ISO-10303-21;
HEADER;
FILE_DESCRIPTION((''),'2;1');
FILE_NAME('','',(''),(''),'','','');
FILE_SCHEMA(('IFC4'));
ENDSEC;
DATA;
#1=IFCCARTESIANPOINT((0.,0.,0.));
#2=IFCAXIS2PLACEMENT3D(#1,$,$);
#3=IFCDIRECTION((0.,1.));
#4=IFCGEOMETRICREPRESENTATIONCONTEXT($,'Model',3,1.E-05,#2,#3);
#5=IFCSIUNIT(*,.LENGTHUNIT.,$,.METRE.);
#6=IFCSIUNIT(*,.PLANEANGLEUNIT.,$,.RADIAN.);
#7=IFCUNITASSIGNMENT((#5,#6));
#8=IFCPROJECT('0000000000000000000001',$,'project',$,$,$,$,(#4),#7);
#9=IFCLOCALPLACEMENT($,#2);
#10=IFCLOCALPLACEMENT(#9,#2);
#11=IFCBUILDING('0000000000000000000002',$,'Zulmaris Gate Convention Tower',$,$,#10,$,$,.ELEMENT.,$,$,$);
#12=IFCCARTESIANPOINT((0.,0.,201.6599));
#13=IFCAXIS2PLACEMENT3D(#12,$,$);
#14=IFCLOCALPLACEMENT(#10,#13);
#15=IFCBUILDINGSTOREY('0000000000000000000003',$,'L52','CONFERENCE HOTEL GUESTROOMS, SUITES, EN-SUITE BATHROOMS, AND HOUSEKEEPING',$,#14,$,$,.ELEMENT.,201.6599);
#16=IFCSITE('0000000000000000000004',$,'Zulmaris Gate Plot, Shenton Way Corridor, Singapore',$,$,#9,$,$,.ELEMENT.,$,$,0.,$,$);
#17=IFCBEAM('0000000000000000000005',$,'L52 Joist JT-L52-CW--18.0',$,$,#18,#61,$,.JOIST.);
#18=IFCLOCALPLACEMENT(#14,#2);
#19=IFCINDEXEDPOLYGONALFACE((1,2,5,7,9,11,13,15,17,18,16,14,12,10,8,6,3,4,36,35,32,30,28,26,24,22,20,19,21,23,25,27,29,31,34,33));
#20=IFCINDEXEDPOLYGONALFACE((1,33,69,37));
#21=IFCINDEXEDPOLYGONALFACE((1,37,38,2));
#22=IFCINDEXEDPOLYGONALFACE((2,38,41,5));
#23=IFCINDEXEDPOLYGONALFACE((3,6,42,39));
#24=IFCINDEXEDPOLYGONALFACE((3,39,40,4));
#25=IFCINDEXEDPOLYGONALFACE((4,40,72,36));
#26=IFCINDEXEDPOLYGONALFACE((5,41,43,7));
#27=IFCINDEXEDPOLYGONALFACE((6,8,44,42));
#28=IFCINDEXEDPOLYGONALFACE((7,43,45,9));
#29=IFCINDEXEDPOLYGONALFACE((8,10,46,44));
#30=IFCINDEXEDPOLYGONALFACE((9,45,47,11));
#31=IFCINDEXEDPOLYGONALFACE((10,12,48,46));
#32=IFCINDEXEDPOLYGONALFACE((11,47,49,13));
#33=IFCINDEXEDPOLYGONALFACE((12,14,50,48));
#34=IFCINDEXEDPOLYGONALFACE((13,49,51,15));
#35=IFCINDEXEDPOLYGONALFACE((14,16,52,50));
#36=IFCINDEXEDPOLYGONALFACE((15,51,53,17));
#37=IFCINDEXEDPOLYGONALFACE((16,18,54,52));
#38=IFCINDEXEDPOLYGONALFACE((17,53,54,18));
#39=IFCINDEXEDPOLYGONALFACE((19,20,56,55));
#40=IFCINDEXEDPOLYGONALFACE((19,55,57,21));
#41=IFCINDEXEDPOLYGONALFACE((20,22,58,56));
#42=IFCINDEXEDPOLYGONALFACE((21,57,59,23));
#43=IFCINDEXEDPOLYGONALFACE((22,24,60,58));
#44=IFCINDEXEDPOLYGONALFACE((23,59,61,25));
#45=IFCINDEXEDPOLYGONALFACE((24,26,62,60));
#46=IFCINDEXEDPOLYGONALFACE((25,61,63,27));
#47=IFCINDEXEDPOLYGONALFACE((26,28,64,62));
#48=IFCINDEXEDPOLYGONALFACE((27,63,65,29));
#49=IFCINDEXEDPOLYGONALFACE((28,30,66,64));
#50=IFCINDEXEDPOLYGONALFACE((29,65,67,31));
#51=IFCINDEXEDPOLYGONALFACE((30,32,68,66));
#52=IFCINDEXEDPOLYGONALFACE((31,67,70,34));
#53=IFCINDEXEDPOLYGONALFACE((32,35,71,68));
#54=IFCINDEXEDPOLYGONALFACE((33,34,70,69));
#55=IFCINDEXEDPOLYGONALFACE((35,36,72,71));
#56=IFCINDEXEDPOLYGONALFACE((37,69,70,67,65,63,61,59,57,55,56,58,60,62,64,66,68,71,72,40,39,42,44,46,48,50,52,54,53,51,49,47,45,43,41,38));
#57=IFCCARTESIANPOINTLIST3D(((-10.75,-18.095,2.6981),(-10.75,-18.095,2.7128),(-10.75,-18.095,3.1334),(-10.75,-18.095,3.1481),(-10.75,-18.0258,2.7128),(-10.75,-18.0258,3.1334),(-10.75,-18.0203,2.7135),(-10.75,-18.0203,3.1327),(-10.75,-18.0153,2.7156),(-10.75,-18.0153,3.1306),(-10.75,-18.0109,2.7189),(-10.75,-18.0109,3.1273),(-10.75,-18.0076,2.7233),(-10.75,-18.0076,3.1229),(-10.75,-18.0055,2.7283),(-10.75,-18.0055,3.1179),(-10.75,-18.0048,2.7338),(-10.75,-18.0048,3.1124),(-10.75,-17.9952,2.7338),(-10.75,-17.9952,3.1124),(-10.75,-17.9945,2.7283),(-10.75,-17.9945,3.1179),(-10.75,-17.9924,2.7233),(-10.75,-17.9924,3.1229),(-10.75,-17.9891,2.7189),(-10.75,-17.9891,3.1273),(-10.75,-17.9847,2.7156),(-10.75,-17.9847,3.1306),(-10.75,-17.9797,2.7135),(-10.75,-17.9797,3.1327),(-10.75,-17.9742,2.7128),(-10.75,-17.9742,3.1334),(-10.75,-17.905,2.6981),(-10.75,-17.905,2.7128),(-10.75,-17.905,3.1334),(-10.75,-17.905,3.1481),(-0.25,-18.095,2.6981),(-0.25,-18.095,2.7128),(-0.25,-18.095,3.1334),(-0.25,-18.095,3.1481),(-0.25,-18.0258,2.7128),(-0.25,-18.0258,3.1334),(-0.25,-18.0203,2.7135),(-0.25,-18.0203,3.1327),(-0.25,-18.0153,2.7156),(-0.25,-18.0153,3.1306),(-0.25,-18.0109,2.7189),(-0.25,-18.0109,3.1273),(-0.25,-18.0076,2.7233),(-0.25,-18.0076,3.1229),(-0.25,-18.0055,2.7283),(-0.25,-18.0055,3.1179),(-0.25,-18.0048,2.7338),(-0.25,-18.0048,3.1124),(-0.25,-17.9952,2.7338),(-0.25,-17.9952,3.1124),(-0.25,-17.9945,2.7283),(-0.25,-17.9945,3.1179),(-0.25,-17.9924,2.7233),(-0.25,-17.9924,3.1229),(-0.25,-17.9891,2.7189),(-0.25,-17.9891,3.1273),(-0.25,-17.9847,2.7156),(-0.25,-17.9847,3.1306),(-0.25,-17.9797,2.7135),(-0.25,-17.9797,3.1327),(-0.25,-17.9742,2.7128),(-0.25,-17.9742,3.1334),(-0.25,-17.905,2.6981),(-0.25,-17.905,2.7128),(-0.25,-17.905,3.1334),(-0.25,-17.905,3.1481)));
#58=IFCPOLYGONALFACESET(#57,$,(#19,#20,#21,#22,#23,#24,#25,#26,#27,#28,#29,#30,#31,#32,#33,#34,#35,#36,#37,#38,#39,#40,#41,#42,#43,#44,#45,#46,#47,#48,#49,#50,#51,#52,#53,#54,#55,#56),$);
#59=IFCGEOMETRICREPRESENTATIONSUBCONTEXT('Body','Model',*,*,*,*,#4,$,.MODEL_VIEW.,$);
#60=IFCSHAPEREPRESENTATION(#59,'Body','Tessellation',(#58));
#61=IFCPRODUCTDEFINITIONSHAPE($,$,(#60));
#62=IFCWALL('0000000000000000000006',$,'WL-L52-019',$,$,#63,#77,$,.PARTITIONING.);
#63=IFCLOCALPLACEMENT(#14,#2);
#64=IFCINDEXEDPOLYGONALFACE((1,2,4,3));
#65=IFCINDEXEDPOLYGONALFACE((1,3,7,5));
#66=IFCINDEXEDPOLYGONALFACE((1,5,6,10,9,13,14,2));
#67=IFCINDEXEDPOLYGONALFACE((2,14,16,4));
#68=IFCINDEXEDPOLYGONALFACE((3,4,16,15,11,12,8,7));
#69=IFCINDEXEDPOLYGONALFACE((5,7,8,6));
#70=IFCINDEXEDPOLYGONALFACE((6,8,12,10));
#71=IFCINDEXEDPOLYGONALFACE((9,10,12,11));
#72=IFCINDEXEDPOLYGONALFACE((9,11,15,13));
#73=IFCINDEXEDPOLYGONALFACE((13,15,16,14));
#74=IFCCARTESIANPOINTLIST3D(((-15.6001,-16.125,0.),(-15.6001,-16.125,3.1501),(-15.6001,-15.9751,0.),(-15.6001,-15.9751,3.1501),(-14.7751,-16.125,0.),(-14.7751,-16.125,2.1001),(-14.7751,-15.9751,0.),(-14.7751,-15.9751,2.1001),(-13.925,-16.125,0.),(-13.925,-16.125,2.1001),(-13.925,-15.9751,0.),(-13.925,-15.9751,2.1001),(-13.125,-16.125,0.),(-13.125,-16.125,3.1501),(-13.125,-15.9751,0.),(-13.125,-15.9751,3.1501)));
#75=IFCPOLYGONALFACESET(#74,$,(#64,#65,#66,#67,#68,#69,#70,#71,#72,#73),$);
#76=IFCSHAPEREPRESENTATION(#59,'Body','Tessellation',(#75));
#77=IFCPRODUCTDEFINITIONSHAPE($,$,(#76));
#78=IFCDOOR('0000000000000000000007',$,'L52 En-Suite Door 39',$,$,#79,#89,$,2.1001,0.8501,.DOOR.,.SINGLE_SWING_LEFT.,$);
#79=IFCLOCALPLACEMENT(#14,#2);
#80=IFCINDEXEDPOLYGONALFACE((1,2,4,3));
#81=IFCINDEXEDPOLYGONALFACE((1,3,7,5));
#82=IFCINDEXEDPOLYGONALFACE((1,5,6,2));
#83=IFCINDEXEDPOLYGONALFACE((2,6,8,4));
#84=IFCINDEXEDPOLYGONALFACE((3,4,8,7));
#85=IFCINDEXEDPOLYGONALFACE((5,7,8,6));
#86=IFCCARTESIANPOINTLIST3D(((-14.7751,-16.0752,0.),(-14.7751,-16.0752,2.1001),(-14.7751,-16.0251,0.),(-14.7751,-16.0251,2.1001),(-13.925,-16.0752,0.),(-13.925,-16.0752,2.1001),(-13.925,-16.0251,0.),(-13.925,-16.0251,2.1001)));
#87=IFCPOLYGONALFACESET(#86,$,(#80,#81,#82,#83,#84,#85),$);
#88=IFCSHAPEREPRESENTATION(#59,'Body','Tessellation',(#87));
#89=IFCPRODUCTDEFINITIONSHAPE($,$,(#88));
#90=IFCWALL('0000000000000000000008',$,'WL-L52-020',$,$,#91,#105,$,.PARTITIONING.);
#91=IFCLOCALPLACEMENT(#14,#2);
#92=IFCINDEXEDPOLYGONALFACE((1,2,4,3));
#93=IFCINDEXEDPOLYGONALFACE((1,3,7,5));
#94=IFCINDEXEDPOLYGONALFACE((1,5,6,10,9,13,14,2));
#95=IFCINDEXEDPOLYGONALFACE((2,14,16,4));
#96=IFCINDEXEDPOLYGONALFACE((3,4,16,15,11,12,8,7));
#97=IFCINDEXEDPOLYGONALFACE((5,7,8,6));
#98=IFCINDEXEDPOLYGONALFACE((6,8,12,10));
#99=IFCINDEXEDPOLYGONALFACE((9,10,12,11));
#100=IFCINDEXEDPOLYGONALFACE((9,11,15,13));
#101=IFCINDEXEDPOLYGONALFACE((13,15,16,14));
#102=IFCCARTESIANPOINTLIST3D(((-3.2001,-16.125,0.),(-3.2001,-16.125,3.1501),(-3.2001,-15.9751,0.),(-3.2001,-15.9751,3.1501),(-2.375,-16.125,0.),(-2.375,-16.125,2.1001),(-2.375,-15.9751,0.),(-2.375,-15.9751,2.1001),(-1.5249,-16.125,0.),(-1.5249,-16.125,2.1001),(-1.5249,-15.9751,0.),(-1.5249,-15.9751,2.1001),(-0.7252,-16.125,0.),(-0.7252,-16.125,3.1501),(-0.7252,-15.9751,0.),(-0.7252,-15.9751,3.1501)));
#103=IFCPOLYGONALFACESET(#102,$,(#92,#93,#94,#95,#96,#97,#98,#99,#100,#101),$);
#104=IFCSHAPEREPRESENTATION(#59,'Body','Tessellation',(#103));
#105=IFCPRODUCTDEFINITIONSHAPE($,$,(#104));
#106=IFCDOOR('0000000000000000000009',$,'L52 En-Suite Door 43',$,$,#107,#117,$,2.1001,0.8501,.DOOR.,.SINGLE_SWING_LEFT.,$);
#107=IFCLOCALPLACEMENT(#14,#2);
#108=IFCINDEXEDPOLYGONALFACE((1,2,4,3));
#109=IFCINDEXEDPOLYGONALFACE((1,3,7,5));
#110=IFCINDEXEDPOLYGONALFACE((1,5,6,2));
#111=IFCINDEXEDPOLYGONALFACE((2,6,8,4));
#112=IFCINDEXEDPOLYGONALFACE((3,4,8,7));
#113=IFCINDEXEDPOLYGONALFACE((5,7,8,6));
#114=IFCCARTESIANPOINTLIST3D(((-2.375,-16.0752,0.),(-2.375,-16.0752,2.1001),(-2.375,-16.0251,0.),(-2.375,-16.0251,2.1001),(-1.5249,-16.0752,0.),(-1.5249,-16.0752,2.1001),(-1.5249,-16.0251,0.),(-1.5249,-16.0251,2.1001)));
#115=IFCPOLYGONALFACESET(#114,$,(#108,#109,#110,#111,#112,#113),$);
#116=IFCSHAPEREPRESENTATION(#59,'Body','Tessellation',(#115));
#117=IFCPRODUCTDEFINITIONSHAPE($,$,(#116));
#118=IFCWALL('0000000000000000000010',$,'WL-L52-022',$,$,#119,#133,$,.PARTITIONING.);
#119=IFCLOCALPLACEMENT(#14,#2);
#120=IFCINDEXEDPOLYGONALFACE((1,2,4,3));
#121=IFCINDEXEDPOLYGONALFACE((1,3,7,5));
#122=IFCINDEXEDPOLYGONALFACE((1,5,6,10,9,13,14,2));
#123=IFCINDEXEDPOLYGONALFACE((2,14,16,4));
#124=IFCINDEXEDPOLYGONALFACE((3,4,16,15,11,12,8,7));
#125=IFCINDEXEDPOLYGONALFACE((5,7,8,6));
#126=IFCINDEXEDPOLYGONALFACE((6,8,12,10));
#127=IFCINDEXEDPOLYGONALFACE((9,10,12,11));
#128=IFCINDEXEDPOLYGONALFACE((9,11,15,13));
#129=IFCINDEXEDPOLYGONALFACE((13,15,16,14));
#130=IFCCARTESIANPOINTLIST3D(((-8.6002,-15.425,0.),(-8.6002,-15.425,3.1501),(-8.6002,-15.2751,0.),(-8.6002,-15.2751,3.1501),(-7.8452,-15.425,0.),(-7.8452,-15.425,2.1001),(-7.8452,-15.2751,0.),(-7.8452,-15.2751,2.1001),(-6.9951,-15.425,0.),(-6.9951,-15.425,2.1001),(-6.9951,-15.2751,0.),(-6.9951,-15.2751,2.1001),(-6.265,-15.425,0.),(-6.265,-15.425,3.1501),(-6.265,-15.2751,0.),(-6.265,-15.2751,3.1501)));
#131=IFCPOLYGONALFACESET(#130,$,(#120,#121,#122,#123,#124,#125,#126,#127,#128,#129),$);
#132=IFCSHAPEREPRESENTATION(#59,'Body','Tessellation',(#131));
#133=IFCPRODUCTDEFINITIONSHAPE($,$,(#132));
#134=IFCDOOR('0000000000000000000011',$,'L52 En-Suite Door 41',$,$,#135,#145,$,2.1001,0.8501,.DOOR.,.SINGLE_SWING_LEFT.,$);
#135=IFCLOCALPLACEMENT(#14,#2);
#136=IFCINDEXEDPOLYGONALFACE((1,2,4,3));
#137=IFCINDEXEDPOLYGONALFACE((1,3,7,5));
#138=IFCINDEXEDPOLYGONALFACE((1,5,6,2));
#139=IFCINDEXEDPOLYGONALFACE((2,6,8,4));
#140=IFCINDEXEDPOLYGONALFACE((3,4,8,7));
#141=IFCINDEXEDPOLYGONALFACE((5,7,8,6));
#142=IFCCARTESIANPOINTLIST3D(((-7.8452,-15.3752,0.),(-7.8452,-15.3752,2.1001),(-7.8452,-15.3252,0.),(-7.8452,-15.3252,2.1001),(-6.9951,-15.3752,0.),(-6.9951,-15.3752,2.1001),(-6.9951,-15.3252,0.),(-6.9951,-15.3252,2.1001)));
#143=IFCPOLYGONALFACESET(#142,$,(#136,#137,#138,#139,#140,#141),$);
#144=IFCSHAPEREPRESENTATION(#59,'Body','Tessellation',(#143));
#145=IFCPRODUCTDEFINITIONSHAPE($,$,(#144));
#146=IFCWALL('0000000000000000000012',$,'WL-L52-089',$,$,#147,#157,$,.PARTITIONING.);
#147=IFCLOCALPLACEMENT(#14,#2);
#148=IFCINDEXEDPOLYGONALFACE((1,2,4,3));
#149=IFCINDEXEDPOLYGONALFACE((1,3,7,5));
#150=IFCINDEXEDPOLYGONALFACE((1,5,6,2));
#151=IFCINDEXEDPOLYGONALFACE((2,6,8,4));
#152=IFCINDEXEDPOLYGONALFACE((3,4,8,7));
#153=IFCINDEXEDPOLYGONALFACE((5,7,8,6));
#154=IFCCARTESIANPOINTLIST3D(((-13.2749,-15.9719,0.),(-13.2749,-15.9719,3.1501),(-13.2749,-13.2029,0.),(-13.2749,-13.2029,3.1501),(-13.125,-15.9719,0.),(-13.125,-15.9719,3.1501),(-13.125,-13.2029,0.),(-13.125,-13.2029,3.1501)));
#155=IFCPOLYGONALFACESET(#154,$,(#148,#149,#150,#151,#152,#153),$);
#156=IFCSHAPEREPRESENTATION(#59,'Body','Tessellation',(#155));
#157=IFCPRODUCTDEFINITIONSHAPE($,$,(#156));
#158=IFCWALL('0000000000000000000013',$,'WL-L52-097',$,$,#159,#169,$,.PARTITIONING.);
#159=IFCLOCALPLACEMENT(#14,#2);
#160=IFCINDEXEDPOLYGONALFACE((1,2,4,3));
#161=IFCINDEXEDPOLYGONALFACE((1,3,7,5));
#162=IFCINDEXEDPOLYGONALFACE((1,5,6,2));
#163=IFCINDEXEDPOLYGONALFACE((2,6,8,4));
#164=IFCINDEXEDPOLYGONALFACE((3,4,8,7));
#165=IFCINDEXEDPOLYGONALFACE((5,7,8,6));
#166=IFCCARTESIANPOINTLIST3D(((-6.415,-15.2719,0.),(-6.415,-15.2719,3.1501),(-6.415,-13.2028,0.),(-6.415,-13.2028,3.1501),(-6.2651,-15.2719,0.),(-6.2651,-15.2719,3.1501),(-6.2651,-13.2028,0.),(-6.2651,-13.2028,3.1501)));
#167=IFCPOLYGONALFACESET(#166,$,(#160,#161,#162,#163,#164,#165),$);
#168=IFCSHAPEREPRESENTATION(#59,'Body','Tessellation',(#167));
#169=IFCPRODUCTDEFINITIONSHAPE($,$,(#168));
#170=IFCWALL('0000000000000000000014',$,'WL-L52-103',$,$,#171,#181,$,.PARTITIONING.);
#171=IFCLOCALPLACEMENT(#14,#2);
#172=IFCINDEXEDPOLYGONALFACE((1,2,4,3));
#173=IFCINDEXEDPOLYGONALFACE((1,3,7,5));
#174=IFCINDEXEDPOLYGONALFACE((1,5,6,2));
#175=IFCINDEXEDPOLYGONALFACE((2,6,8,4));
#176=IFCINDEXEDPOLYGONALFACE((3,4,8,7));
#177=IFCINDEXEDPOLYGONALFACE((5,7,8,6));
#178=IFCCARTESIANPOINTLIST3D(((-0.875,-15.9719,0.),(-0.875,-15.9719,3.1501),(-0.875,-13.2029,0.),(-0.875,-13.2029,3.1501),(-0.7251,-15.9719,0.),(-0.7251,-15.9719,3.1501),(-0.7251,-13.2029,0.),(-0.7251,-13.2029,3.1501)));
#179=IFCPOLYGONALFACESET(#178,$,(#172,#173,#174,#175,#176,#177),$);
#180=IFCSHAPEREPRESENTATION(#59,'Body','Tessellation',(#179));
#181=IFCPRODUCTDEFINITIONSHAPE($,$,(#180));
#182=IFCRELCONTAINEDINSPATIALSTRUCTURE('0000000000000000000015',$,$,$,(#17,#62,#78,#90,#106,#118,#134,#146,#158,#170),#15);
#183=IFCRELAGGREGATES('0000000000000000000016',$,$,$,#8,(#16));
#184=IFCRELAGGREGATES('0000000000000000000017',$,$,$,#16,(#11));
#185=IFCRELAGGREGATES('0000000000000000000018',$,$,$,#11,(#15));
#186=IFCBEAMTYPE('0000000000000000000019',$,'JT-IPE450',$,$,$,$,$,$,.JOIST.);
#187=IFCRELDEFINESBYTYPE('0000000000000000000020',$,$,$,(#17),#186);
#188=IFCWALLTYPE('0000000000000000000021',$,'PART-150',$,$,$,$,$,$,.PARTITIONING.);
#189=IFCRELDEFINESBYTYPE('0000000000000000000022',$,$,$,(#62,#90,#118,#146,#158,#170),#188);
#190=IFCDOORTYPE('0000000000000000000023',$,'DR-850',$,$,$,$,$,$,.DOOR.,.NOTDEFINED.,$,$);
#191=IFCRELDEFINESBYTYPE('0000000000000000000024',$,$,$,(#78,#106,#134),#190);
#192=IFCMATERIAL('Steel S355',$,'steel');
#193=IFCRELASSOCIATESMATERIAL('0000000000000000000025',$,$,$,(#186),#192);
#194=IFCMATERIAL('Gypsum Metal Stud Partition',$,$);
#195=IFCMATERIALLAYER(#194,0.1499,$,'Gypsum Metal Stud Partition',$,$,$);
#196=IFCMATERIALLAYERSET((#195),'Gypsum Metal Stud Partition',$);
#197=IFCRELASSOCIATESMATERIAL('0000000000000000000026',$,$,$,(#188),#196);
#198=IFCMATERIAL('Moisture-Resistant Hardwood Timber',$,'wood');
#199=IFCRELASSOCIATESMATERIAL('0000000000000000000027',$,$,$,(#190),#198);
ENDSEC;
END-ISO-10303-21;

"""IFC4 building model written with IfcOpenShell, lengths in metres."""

from ifc_helpers import new_model, si_unit, direction, frame, frame_2d, origin, origin_2d, place, context, subcontext, project, spatial, rectangle, i_section, extrude, material, layer, layer_set, material_profile, profile_set, type_object, element, fill, save


model = new_model("IFC4")

# Units and contexts
model_context = context("Model", 3, precision=1e-05, world=origin(), true_north=direction((0.0, 1.0)))
body_context = subcontext(model_context, "Body", "Model", "MODEL_VIEW")
ifc_project = project(units=[si_unit("LENGTHUNIT", "METRE"), si_unit("PLANEANGLEUNIT", "RADIAN")], contexts=[model_context])

# Site, building, storey
site_placement = place(None, origin())
site = spatial("IfcSite", under=ifc_project, at=site_placement, Name="Zulmaris Gate Plot, Shenton Way Corridor, Singapore", CompositionType="ELEMENT", RefElevation=0.0)
building_placement = place(site_placement, origin())
building = spatial("IfcBuilding", under=site, at=building_placement, Name="Zulmaris Gate Convention Tower", CompositionType="ELEMENT")
storey_placement = place(building_placement, frame((0.0, 0.0, 201.6599)))
storey = spatial("IfcBuildingStorey", under=building, at=storey_placement, Name="L52", Description="CONFERENCE HOTEL GUESTROOMS, SUITES, EN-SUITE BATHROOMS, AND HOUSEKEEPING", CompositionType="ELEMENT", Elevation=201.6599)

# Beam
ifc_material_1 = material(Name="Steel S355", Category="steel")
ifc_material_profile_1 = material_profile(ifc_material_1, i_section(OverallWidth=0.1899, OverallDepth=0.45, WebThickness=0.0095, FlangeThickness=0.0146, FilletRadius=0.021, at=origin_2d()), Name="IPE 450")
ifc_profile_set_1 = profile_set([ifc_material_profile_1], Name="Steel S355")
beam_type_1 = type_object("IfcBeamType", Name="JT-IPE450", PredefinedType="JOIST", material=ifc_profile_set_1)
beam_1_placement = place(storey_placement, frame((-10.75, -18.0, 2.9231), z_axis=(1.0, 0.0, 0.0), x_axis=(0.0, 1.0, 0.0)))
element("IfcBeam", 1, at=beam_1_placement, inside=storey, type_object=beam_type_1, Name="L52 Joist JT-L52-CW--18.0", PredefinedType="JOIST", context=body_context, shape_type="SweptSolid", body=[
    extrude(i_section(OverallWidth=0.1899, OverallDepth=0.45, WebThickness=0.0095, FlangeThickness=0.0146, FilletRadius=0.021, at=origin_2d()), origin(), (0.0, 0.0, 1.0), 10.5),
])

# Walls, openings, doors
ifc_material_2 = material(Name="Gypsum Metal Stud Partition")
ifc_layer_1 = layer(ifc_material_2, 0.1499, Name="Gypsum Metal Stud Partition")
ifc_layer_set_1 = layer_set([ifc_layer_1], Name="Gypsum Metal Stud Partition")
wall_type_1 = type_object("IfcWallType", Name="PART-150", PredefinedType="PARTITIONING", material=ifc_layer_set_1)
wall_1_placement = place(storey_placement, frame((-15.6001, -16.05, 0.0), z_axis=(0.0, 0.0, 1.0), x_axis=(1.0, 0.0, 0.0)))
wall_1 = element("IfcWall", 2, at=wall_1_placement, inside=storey, type_object=wall_type_1, Name="WL-L52-019", PredefinedType="PARTITIONING", context=body_context, shape_type="SweptSolid", body=[
    extrude(rectangle(XDim=2.4751, YDim=0.1499, at=frame_2d((1.2375, 0.0))), origin(), (0.0, 0.0, 1.0), 3.1501),
])
opening_1_placement = place(wall_1_placement, frame((0.825, 0.0, 0.0)))
opening_1 = element("IfcOpeningElement", 3, at=opening_1_placement, cuts=wall_1, PredefinedType="OPENING", context=body_context, shape_type="SweptSolid", body=[
    extrude(rectangle(XDim=0.8501, YDim=2.1001, at=frame_2d((0.425, 1.05))), frame((0.0, 0.085, 0.0), z_axis=(0.0, -1.0, 0.0), x_axis=(1.0, 0.0, 0.0)), (0.0, 0.0, 1.0), 0.1699),
])
ifc_material_3 = material(Name="Moisture-Resistant Hardwood Timber", Category="wood")
door_type_1 = type_object("IfcDoorType", Name="DR-850", OperationType="NOTDEFINED", PredefinedType="DOOR", material=ifc_material_3)
door_1_placement = place(opening_1_placement, origin())
door_1 = element("IfcDoor", 4, at=door_1_placement, inside=storey, type_object=door_type_1, Name="L52 En-Suite Door 39", OperationType="SINGLE_SWING_LEFT", OverallHeight=2.1001, OverallWidth=0.8501, PredefinedType="DOOR", context=body_context, shape_type="SweptSolid", body=[
    extrude(rectangle(XDim=0.8501, YDim=2.1001, at=frame_2d((0.425, 1.05))), frame((0.0, 0.0249, 0.0), z_axis=(0.0, -1.0, 0.0), x_axis=(1.0, 0.0, 0.0)), (0.0, 0.0, 1.0), 0.05),
])
fill(opening_1, door_1)
wall_2_placement = place(storey_placement, frame((-3.2, -16.05, 0.0), z_axis=(0.0, 0.0, 1.0), x_axis=(1.0, 0.0, 0.0)))
wall_2 = element("IfcWall", 5, at=wall_2_placement, inside=storey, type_object=wall_type_1, Name="WL-L52-020", PredefinedType="PARTITIONING", context=body_context, shape_type="SweptSolid", body=[
    extrude(rectangle(XDim=2.4749, YDim=0.1499, at=frame_2d((1.2373, 0.0))), origin(), (0.0, 0.0, 1.0), 3.1501),
])
opening_2_placement = place(wall_2_placement, frame((0.825, 0.0, 0.0)))
opening_2 = element("IfcOpeningElement", 6, at=opening_2_placement, cuts=wall_2, PredefinedType="OPENING", context=body_context, shape_type="SweptSolid", body=[
    extrude(rectangle(XDim=0.8501, YDim=2.1001, at=frame_2d((0.425, 1.05))), frame((0.0, 0.085, 0.0), z_axis=(0.0, -1.0, 0.0), x_axis=(1.0, 0.0, 0.0)), (0.0, 0.0, 1.0), 0.1699),
])
door_2_placement = place(opening_2_placement, origin())
door_2 = element("IfcDoor", 7, at=door_2_placement, inside=storey, type_object=door_type_1, Name="L52 En-Suite Door 43", OperationType="SINGLE_SWING_LEFT", OverallHeight=2.1001, OverallWidth=0.8501, PredefinedType="DOOR", context=body_context, shape_type="SweptSolid", body=[
    extrude(rectangle(XDim=0.8501, YDim=2.1001, at=frame_2d((0.425, 1.05))), frame((0.0, 0.0249, 0.0), z_axis=(0.0, -1.0, 0.0), x_axis=(1.0, 0.0, 0.0)), (0.0, 0.0, 1.0), 0.05),
])
fill(opening_2, door_2)
wall_3_placement = place(storey_placement, frame((-8.6001, -15.3501, 0.0), z_axis=(0.0, 0.0, 1.0), x_axis=(1.0, 0.0, 0.0)))
wall_3 = element("IfcWall", 8, at=wall_3_placement, inside=storey, type_object=wall_type_1, Name="WL-L52-022", PredefinedType="PARTITIONING", context=body_context, shape_type="SweptSolid", body=[
    extrude(rectangle(XDim=2.3352, YDim=0.1499, at=frame_2d((1.1675, 0.0))), origin(), (0.0, 0.0, 1.0), 3.1501),
])
opening_3_placement = place(wall_3_placement, frame((0.7549, 0.0, 0.0)))
opening_3 = element("IfcOpeningElement", 9, at=opening_3_placement, cuts=wall_3, PredefinedType="OPENING", context=body_context, shape_type="SweptSolid", body=[
    extrude(rectangle(XDim=0.8501, YDim=2.1001, at=frame_2d((0.425, 1.05))), frame((0.0, 0.085, 0.0), z_axis=(0.0, -1.0, 0.0), x_axis=(1.0, 0.0, 0.0)), (0.0, 0.0, 1.0), 0.1699),
])
door_3_placement = place(opening_3_placement, origin())
door_3 = element("IfcDoor", 10, at=door_3_placement, inside=storey, type_object=door_type_1, Name="L52 En-Suite Door 41", OperationType="SINGLE_SWING_LEFT", OverallHeight=2.1001, OverallWidth=0.8501, PredefinedType="DOOR", context=body_context, shape_type="SweptSolid", body=[
    extrude(rectangle(XDim=0.8501, YDim=2.1001, at=frame_2d((0.425, 1.05))), frame((0.0, 0.0249, 0.0), z_axis=(0.0, -1.0, 0.0), x_axis=(1.0, 0.0, 0.0)), (0.0, 0.0, 1.0), 0.05),
])
fill(opening_3, door_3)

# Walls
wall_4_placement = place(storey_placement, frame((-13.2, -15.9719, 0.0), z_axis=(0.0, 0.0, 1.0), x_axis=(0.0, 1.0, 0.0)))
element("IfcWall", 11, at=wall_4_placement, inside=storey, type_object=wall_type_1, Name="WL-L52-089", PredefinedType="PARTITIONING", context=body_context, shape_type="SweptSolid", body=[
    extrude(rectangle(XDim=2.769, YDim=0.1499, at=frame_2d((1.3845, 0.0))), origin(), (0.0, 0.0, 1.0), 3.1501),
])
wall_5_placement = place(storey_placement, frame((-6.3401, -15.272, 0.0), z_axis=(0.0, 0.0, 1.0), x_axis=(0.0, 1.0, 0.0)))
element("IfcWall", 12, at=wall_5_placement, inside=storey, type_object=wall_type_1, Name="WL-L52-097", PredefinedType="PARTITIONING", context=body_context, shape_type="SweptSolid", body=[
    extrude(rectangle(XDim=2.0691, YDim=0.1499, at=frame_2d((1.0347, 0.0))), origin(), (0.0, 0.0, 1.0), 3.1501),
])
wall_6_placement = place(storey_placement, frame((-0.8, -15.9719, 0.0), z_axis=(0.0, 0.0, 1.0), x_axis=(0.0, 1.0, 0.0)))
element("IfcWall", 13, at=wall_6_placement, inside=storey, type_object=wall_type_1, Name="WL-L52-103", PredefinedType="PARTITIONING", context=body_context, shape_type="SweptSolid", body=[
    extrude(rectangle(XDim=2.769, YDim=0.1499, at=frame_2d((1.3845, 0.0))), origin(), (0.0, 0.0, 1.0), 3.1501),
])

save(model, "model.ifc")
